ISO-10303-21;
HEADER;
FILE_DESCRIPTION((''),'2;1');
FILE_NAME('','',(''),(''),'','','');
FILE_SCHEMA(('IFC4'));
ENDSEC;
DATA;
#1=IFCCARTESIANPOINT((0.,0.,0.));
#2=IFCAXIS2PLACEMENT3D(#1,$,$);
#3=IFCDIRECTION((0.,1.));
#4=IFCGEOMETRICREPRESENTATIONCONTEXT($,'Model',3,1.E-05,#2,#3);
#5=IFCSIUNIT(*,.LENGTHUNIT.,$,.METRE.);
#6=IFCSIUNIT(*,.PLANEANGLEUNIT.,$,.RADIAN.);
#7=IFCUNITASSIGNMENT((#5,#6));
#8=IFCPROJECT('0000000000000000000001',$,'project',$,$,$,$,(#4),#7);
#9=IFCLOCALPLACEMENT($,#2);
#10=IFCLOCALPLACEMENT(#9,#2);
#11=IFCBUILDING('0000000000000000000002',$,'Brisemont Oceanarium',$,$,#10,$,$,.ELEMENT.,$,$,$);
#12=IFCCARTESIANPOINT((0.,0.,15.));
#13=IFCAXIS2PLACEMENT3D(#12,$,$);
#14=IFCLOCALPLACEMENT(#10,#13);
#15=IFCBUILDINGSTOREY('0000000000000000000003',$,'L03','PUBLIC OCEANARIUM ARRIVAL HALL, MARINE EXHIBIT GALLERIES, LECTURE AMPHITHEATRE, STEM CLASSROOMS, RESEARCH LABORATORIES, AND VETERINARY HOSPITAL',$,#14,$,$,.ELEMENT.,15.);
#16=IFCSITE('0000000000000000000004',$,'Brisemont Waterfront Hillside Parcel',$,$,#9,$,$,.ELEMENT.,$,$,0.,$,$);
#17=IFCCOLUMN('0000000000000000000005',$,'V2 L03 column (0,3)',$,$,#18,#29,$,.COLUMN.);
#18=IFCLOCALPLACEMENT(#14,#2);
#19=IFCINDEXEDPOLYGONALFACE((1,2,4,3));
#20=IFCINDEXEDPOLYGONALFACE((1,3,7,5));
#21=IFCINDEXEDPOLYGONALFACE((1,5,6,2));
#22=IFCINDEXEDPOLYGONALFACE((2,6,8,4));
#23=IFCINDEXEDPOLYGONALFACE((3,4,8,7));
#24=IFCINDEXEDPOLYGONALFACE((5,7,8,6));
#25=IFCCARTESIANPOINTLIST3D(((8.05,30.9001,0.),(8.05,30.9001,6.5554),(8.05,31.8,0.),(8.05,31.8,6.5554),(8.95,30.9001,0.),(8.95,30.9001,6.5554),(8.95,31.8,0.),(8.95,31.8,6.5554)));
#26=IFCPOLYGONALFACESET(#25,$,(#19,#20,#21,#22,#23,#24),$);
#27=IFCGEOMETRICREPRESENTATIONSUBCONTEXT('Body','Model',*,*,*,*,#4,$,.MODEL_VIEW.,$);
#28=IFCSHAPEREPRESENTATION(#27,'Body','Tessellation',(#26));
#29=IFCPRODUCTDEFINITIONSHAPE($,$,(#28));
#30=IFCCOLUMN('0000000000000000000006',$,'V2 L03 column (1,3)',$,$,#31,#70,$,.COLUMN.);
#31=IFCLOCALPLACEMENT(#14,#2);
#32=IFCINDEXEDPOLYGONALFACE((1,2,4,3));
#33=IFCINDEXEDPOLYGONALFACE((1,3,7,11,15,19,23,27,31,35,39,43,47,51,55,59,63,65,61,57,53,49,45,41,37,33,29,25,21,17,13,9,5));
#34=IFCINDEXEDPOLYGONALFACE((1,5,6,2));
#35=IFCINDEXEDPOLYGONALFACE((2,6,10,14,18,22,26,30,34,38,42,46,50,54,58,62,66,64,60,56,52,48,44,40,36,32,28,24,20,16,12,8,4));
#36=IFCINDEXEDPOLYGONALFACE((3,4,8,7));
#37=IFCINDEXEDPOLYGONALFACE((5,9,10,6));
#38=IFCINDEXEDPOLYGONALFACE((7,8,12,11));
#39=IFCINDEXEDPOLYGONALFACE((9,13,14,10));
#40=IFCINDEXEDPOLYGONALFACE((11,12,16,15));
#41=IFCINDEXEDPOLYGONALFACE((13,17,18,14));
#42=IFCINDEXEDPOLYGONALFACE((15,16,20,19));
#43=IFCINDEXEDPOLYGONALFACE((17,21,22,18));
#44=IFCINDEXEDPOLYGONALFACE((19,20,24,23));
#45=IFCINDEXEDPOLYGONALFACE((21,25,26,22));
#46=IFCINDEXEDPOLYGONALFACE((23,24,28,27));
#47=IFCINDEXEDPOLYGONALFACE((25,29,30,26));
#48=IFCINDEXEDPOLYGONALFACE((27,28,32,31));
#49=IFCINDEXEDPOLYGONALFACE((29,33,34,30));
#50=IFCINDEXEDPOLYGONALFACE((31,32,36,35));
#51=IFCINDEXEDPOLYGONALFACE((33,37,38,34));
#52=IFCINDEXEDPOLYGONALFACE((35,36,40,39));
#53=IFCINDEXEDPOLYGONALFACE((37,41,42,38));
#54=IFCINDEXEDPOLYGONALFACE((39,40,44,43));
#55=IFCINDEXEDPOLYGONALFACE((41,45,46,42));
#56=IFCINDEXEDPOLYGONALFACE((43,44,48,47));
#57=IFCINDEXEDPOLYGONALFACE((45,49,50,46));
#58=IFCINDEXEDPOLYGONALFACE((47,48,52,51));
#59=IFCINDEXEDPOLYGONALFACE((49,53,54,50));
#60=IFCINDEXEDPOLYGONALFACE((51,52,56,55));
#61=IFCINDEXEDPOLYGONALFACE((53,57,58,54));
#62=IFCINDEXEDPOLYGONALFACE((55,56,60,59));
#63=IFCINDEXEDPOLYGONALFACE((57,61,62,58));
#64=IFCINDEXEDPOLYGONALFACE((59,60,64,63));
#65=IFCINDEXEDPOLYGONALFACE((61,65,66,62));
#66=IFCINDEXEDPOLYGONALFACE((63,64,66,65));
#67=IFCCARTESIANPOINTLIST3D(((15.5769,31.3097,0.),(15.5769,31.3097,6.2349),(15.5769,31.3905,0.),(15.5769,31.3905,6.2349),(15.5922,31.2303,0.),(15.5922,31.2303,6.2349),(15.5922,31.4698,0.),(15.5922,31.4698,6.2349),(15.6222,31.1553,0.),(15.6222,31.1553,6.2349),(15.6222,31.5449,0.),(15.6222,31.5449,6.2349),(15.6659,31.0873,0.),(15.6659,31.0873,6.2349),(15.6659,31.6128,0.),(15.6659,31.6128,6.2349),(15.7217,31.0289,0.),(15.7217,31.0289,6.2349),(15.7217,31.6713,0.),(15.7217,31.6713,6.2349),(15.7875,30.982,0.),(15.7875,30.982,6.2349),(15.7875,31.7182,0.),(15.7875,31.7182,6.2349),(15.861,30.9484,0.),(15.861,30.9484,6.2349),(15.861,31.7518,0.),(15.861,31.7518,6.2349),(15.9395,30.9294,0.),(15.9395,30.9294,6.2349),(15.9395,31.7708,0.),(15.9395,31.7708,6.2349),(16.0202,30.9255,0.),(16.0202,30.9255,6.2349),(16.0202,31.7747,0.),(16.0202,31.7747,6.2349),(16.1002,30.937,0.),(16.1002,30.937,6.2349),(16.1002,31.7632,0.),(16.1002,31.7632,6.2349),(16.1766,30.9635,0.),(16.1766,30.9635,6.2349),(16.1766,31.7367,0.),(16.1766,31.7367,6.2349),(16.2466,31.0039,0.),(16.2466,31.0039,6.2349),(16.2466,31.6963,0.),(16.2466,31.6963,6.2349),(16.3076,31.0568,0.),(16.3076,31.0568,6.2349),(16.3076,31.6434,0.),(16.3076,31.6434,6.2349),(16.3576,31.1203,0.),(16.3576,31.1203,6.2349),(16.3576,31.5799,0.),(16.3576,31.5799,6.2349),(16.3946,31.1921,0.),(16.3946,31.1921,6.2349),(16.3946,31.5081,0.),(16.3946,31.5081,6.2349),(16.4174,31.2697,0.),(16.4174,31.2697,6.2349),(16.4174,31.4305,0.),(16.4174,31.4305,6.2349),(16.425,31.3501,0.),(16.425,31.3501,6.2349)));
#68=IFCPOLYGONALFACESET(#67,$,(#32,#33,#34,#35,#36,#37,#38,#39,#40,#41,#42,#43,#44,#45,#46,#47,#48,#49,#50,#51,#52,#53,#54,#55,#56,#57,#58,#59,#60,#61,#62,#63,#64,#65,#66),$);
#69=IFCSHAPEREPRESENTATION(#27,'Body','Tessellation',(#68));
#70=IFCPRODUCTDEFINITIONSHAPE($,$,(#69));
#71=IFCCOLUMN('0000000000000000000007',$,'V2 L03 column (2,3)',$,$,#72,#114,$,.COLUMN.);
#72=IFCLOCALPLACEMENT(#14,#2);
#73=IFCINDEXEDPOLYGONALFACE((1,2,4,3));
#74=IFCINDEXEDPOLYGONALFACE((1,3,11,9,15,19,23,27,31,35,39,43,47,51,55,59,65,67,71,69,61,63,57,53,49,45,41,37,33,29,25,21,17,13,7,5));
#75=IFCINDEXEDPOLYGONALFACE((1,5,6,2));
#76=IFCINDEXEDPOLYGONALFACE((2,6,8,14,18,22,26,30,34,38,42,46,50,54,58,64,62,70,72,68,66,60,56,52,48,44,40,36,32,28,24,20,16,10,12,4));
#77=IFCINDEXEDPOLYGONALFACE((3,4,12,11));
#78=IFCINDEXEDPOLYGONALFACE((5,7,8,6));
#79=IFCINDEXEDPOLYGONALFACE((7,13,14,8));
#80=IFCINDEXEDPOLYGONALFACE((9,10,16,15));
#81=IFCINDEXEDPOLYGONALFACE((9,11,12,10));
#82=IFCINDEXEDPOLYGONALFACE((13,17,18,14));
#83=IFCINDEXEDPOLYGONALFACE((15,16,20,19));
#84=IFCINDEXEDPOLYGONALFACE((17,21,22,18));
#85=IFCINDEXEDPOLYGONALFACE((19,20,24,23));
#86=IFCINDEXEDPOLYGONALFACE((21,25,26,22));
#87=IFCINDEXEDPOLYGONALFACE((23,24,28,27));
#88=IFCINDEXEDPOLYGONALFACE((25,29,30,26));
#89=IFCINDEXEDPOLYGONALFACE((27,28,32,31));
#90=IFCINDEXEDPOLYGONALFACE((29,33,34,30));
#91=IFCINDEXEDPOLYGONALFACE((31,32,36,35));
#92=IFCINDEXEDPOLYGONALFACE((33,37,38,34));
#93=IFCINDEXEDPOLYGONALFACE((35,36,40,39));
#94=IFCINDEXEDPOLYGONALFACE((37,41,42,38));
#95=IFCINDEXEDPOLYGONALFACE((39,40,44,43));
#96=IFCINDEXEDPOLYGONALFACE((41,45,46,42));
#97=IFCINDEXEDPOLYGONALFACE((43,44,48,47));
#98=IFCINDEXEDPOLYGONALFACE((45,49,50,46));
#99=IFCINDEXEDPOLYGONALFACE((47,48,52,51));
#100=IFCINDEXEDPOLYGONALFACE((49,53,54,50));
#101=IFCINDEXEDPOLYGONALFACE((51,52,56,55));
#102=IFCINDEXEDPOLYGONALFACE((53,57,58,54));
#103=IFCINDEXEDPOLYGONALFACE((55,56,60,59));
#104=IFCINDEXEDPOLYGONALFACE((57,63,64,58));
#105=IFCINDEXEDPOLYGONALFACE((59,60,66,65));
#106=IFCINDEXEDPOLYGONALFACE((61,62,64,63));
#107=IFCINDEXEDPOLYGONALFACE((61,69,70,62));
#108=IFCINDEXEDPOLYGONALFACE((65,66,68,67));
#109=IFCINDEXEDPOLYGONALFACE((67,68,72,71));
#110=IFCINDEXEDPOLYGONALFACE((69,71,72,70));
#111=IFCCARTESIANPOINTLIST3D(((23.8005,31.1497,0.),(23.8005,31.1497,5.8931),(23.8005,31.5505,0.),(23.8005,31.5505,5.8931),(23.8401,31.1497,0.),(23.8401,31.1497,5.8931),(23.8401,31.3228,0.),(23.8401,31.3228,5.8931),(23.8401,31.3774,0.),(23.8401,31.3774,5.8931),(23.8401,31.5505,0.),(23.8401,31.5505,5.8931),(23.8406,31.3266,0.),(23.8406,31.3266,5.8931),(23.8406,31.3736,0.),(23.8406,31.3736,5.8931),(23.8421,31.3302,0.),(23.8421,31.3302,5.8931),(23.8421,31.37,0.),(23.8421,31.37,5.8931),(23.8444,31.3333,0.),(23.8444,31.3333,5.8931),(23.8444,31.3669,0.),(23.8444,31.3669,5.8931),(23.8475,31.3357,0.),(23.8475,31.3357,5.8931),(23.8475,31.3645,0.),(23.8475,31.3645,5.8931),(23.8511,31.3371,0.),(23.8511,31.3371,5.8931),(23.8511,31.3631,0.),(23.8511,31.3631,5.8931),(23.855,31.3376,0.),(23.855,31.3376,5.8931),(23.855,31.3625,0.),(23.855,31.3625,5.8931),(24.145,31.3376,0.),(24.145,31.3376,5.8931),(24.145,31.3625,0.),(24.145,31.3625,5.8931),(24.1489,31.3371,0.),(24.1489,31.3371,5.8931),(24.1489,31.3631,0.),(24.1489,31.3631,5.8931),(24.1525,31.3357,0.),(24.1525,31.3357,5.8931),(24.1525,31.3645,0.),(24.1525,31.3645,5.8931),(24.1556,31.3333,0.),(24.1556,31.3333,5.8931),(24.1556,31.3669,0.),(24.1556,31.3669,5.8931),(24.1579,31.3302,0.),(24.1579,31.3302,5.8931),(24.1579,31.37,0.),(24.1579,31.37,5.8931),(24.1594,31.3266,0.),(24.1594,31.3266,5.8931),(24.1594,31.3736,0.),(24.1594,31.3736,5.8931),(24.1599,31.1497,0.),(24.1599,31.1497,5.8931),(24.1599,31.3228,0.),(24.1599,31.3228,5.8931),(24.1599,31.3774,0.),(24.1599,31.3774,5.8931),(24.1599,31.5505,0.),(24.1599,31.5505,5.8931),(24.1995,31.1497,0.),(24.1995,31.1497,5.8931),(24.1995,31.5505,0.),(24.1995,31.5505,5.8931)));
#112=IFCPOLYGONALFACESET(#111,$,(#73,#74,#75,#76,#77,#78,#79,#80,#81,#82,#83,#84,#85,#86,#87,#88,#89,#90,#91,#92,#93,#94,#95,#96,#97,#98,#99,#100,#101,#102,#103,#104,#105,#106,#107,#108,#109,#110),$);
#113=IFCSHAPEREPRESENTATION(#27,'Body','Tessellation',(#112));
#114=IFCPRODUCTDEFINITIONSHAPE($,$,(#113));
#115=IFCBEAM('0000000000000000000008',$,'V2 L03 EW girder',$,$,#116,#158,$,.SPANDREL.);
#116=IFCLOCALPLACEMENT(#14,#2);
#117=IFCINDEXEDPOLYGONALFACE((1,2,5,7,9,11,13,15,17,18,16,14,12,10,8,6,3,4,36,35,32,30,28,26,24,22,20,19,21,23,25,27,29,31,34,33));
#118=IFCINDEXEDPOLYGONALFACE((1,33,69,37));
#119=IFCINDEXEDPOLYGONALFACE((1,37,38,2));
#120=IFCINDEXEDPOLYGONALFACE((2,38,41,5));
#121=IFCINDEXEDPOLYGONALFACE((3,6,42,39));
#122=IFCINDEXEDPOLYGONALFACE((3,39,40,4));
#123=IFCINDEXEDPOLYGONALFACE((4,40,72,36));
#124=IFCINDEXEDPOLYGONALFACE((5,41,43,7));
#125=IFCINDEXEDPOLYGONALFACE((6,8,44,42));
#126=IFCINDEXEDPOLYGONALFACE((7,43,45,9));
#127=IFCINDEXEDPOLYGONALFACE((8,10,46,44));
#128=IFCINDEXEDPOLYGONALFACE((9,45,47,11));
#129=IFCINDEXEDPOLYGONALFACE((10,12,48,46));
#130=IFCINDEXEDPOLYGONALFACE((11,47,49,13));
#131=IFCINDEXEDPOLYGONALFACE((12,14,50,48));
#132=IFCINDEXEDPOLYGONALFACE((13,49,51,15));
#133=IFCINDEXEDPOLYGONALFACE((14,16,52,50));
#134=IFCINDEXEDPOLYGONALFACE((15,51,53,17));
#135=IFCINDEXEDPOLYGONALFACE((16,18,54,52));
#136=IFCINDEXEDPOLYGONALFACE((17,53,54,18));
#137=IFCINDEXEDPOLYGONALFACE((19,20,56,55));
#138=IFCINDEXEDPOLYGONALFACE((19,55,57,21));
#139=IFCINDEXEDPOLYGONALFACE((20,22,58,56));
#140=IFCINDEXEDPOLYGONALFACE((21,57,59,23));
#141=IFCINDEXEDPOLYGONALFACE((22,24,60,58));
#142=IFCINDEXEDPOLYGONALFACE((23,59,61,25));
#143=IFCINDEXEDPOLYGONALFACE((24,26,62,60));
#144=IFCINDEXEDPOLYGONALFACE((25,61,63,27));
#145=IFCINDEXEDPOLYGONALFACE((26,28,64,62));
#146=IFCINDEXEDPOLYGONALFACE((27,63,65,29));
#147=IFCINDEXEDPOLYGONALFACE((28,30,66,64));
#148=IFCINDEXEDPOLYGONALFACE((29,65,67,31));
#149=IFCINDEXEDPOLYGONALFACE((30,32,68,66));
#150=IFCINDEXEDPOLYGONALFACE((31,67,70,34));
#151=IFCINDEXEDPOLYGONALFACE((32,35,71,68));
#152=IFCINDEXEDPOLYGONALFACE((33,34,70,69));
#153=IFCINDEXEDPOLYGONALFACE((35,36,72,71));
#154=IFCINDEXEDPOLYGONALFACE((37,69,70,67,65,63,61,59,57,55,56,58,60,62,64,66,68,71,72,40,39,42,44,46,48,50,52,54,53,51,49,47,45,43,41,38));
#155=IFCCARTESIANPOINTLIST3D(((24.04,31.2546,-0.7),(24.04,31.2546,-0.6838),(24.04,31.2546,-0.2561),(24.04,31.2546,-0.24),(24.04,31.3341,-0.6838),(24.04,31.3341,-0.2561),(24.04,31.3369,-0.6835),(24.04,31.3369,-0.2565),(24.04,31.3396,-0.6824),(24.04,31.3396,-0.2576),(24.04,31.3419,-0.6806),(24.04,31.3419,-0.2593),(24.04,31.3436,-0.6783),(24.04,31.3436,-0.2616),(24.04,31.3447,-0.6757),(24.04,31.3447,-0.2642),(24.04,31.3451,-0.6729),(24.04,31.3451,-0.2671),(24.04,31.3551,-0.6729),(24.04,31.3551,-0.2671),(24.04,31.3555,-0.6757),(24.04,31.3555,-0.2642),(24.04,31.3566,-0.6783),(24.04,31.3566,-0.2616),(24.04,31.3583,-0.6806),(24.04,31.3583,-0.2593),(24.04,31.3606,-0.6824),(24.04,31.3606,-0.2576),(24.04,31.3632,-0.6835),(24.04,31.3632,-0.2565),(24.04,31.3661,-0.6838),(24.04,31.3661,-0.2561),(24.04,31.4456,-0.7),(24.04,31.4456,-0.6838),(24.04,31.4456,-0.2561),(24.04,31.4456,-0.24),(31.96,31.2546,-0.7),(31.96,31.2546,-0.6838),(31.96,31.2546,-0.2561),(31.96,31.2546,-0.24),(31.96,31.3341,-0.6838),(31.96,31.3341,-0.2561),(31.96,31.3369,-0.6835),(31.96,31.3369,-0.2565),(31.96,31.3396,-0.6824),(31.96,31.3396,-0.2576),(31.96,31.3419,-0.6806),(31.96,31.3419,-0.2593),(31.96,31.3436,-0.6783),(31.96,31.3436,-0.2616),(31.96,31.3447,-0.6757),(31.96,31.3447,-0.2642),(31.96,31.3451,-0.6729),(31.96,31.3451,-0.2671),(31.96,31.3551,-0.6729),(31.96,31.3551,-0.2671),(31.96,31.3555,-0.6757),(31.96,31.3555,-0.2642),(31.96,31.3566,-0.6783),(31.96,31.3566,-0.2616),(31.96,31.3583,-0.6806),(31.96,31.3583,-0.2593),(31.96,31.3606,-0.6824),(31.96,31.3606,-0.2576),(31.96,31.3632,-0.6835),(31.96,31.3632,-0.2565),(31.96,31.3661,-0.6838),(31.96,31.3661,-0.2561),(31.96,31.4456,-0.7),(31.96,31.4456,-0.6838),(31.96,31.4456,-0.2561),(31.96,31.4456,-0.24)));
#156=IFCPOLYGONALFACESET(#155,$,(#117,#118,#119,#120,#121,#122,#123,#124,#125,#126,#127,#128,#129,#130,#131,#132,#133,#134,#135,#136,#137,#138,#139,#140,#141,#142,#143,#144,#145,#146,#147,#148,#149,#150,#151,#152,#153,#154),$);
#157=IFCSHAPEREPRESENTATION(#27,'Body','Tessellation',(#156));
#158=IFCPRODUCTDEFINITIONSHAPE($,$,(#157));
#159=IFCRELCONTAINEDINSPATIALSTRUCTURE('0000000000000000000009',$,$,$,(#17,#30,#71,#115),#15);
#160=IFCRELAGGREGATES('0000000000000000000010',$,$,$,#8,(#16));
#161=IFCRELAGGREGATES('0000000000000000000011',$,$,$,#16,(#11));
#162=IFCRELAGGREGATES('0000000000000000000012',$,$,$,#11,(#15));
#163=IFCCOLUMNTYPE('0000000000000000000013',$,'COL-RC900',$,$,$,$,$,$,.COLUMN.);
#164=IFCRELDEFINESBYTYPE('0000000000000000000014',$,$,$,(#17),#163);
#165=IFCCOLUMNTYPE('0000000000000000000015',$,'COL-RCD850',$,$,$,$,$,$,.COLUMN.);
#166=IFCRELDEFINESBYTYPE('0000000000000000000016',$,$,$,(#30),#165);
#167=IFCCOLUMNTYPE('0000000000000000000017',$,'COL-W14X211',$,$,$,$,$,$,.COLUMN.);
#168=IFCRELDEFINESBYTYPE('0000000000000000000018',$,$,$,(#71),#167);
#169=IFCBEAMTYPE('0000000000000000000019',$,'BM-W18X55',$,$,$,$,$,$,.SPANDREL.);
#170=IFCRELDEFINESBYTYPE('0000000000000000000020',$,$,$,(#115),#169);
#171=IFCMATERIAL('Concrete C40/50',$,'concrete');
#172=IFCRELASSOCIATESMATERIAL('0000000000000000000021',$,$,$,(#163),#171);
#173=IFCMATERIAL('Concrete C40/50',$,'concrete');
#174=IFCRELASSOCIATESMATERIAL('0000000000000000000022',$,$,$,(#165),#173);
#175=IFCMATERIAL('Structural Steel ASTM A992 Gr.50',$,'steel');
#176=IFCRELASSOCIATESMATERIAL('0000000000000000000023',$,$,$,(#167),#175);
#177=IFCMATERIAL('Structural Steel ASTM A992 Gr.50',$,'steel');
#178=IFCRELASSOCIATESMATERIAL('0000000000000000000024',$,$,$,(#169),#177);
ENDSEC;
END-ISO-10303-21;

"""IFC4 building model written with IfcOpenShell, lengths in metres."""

from ifc_helpers import new_model, si_unit, direction, frame, origin, origin_2d, place, context, subcontext, project, spatial, rectangle, circle, i_section, extrude, material, material_profile, profile_set, type_object, element, save


model = new_model("IFC4")

# Units and contexts
model_context = context("Model", 3, precision=1e-05, world=origin(), true_north=direction((0.0, 1.0)))
body_context = subcontext(model_context, "Body", "Model", "MODEL_VIEW")
ifc_project = project(units=[si_unit("LENGTHUNIT", "METRE"), si_unit("PLANEANGLEUNIT", "RADIAN")], contexts=[model_context])

# Site, building, storey
site_placement = place(None, origin())
site = spatial("IfcSite", under=ifc_project, at=site_placement, Name="Brisemont Waterfront Hillside Parcel", CompositionType="ELEMENT", RefElevation=0.0)
building_placement = place(site_placement, origin())
building = spatial("IfcBuilding", under=site, at=building_placement, Name="Brisemont Oceanarium", CompositionType="ELEMENT")
storey_placement = place(building_placement, frame((0.0, 0.0, 15.0)))
storey = spatial("IfcBuildingStorey", under=building, at=storey_placement, Name="L03", Description="PUBLIC OCEANARIUM ARRIVAL HALL, MARINE EXHIBIT GALLERIES, LECTURE AMPHITHEATRE, STEM CLASSROOMS, RESEARCH LABORATORIES, AND VETERINARY HOSPITAL", CompositionType="ELEMENT", Elevation=15.0)

# Columns
ifc_material_1 = material(Name="Concrete C40/50", Category="concrete")
ifc_material_profile_1 = material_profile(ifc_material_1, rectangle(XDim=0.8999, YDim=0.8999, at=origin_2d()), Name="RC-COL-900X900")
ifc_profile_set_1 = profile_set([ifc_material_profile_1], Name="Concrete C40/50")
column_type_1 = type_object("IfcColumnType", Name="COL-RC900", PredefinedType="COLUMN", material=ifc_profile_set_1)
column_1_placement = place(storey_placement, frame((8.5, 31.3501, 0.0), z_axis=(0.0, 0.0, 1.0), x_axis=(0.0, 1.0, 0.0)))
element("IfcColumn", 1, at=column_1_placement, inside=storey, type_object=column_type_1, Name="V2 L03 column (0,3)", PredefinedType="COLUMN", context=body_context, shape_type="SweptSolid", body=[
    extrude(rectangle(XDim=0.8999, YDim=0.8999, at=origin_2d()), origin(), (0.0, 0.0, 1.0), 6.5554),
])
ifc_material_2 = material(Name="Concrete C40/50", Category="concrete")
ifc_material_profile_2 = material_profile(ifc_material_2, circle(Radius=0.425, at=origin_2d()), Name="RC-COL-D850")
ifc_profile_set_2 = profile_set([ifc_material_profile_2], Name="Concrete C40/50")
column_type_2 = type_object("IfcColumnType", Name="COL-RCD850", PredefinedType="COLUMN", material=ifc_profile_set_2)
column_2_placement = place(storey_placement, frame((16.0, 31.3501, 0.0), z_axis=(0.0, 0.0, 1.0), x_axis=(1.0, 0.0, 0.0)))
element("IfcColumn", 2, at=column_2_placement, inside=storey, type_object=column_type_2, Name="V2 L03 column (1,3)", PredefinedType="COLUMN", context=body_context, shape_type="SweptSolid", body=[
    extrude(circle(Radius=0.425, at=origin_2d()), origin(), (0.0, 0.0, 1.0), 6.2349),
])
ifc_material_3 = material(Name="Structural Steel ASTM A992 Gr.50", Category="steel")
ifc_material_profile_3 = material_profile(ifc_material_3, i_section(OverallWidth=0.4009, OverallDepth=0.3989, WebThickness=0.0249, FlangeThickness=0.0396, FilletRadius=0.0149, at=origin_2d()), Name="W14X211")
ifc_profile_set_3 = profile_set([ifc_material_profile_3], Name="Structural Steel ASTM A992 Gr.50")
column_type_3 = type_object("IfcColumnType", Name="COL-W14X211", PredefinedType="COLUMN", material=ifc_profile_set_3)
column_3_placement = place(storey_placement, frame((24.0, 31.3501, 0.0), z_axis=(0.0, 0.0, 1.0), x_axis=(0.0, 1.0, 0.0)))
element("IfcColumn", 3, at=column_3_placement, inside=storey, type_object=column_type_3, Name="V2 L03 column (2,3)", PredefinedType="COLUMN", context=body_context, shape_type="SweptSolid", body=[
    extrude(i_section(OverallWidth=0.4009, OverallDepth=0.3989, WebThickness=0.0249, FlangeThickness=0.0396, FilletRadius=0.0149, at=origin_2d()), origin(), (0.0, 0.0, 1.0), 5.8931),
])

# Beam
ifc_material_4 = material(Name="Structural Steel ASTM A992 Gr.50", Category="steel")
ifc_material_profile_4 = material_profile(ifc_material_4, i_section(OverallWidth=0.1909, OverallDepth=0.46, WebThickness=0.01, FlangeThickness=0.0161, FilletRadius=0.011, at=origin_2d()), Name="W18X55")
ifc_profile_set_4 = profile_set([ifc_material_profile_4], Name="Structural Steel ASTM A992 Gr.50")
beam_type_1 = type_object("IfcBeamType", Name="BM-W18X55", PredefinedType="SPANDREL", material=ifc_profile_set_4)
beam_1_placement = place(storey_placement, frame((24.04, 31.3501, -0.47), z_axis=(1.0, 0.0, 0.0), x_axis=(0.0, 1.0, 0.0)))
element("IfcBeam", 4, at=beam_1_placement, inside=storey, type_object=beam_type_1, Name="V2 L03 EW girder", PredefinedType="SPANDREL", context=body_context, shape_type="SweptSolid", body=[
    extrude(i_section(OverallWidth=0.1909, OverallDepth=0.46, WebThickness=0.01, FlangeThickness=0.0161, FilletRadius=0.011, at=origin_2d()), origin(), (0.0, 0.0, 1.0), 7.9199),
])

save(model, "model.ifc")
